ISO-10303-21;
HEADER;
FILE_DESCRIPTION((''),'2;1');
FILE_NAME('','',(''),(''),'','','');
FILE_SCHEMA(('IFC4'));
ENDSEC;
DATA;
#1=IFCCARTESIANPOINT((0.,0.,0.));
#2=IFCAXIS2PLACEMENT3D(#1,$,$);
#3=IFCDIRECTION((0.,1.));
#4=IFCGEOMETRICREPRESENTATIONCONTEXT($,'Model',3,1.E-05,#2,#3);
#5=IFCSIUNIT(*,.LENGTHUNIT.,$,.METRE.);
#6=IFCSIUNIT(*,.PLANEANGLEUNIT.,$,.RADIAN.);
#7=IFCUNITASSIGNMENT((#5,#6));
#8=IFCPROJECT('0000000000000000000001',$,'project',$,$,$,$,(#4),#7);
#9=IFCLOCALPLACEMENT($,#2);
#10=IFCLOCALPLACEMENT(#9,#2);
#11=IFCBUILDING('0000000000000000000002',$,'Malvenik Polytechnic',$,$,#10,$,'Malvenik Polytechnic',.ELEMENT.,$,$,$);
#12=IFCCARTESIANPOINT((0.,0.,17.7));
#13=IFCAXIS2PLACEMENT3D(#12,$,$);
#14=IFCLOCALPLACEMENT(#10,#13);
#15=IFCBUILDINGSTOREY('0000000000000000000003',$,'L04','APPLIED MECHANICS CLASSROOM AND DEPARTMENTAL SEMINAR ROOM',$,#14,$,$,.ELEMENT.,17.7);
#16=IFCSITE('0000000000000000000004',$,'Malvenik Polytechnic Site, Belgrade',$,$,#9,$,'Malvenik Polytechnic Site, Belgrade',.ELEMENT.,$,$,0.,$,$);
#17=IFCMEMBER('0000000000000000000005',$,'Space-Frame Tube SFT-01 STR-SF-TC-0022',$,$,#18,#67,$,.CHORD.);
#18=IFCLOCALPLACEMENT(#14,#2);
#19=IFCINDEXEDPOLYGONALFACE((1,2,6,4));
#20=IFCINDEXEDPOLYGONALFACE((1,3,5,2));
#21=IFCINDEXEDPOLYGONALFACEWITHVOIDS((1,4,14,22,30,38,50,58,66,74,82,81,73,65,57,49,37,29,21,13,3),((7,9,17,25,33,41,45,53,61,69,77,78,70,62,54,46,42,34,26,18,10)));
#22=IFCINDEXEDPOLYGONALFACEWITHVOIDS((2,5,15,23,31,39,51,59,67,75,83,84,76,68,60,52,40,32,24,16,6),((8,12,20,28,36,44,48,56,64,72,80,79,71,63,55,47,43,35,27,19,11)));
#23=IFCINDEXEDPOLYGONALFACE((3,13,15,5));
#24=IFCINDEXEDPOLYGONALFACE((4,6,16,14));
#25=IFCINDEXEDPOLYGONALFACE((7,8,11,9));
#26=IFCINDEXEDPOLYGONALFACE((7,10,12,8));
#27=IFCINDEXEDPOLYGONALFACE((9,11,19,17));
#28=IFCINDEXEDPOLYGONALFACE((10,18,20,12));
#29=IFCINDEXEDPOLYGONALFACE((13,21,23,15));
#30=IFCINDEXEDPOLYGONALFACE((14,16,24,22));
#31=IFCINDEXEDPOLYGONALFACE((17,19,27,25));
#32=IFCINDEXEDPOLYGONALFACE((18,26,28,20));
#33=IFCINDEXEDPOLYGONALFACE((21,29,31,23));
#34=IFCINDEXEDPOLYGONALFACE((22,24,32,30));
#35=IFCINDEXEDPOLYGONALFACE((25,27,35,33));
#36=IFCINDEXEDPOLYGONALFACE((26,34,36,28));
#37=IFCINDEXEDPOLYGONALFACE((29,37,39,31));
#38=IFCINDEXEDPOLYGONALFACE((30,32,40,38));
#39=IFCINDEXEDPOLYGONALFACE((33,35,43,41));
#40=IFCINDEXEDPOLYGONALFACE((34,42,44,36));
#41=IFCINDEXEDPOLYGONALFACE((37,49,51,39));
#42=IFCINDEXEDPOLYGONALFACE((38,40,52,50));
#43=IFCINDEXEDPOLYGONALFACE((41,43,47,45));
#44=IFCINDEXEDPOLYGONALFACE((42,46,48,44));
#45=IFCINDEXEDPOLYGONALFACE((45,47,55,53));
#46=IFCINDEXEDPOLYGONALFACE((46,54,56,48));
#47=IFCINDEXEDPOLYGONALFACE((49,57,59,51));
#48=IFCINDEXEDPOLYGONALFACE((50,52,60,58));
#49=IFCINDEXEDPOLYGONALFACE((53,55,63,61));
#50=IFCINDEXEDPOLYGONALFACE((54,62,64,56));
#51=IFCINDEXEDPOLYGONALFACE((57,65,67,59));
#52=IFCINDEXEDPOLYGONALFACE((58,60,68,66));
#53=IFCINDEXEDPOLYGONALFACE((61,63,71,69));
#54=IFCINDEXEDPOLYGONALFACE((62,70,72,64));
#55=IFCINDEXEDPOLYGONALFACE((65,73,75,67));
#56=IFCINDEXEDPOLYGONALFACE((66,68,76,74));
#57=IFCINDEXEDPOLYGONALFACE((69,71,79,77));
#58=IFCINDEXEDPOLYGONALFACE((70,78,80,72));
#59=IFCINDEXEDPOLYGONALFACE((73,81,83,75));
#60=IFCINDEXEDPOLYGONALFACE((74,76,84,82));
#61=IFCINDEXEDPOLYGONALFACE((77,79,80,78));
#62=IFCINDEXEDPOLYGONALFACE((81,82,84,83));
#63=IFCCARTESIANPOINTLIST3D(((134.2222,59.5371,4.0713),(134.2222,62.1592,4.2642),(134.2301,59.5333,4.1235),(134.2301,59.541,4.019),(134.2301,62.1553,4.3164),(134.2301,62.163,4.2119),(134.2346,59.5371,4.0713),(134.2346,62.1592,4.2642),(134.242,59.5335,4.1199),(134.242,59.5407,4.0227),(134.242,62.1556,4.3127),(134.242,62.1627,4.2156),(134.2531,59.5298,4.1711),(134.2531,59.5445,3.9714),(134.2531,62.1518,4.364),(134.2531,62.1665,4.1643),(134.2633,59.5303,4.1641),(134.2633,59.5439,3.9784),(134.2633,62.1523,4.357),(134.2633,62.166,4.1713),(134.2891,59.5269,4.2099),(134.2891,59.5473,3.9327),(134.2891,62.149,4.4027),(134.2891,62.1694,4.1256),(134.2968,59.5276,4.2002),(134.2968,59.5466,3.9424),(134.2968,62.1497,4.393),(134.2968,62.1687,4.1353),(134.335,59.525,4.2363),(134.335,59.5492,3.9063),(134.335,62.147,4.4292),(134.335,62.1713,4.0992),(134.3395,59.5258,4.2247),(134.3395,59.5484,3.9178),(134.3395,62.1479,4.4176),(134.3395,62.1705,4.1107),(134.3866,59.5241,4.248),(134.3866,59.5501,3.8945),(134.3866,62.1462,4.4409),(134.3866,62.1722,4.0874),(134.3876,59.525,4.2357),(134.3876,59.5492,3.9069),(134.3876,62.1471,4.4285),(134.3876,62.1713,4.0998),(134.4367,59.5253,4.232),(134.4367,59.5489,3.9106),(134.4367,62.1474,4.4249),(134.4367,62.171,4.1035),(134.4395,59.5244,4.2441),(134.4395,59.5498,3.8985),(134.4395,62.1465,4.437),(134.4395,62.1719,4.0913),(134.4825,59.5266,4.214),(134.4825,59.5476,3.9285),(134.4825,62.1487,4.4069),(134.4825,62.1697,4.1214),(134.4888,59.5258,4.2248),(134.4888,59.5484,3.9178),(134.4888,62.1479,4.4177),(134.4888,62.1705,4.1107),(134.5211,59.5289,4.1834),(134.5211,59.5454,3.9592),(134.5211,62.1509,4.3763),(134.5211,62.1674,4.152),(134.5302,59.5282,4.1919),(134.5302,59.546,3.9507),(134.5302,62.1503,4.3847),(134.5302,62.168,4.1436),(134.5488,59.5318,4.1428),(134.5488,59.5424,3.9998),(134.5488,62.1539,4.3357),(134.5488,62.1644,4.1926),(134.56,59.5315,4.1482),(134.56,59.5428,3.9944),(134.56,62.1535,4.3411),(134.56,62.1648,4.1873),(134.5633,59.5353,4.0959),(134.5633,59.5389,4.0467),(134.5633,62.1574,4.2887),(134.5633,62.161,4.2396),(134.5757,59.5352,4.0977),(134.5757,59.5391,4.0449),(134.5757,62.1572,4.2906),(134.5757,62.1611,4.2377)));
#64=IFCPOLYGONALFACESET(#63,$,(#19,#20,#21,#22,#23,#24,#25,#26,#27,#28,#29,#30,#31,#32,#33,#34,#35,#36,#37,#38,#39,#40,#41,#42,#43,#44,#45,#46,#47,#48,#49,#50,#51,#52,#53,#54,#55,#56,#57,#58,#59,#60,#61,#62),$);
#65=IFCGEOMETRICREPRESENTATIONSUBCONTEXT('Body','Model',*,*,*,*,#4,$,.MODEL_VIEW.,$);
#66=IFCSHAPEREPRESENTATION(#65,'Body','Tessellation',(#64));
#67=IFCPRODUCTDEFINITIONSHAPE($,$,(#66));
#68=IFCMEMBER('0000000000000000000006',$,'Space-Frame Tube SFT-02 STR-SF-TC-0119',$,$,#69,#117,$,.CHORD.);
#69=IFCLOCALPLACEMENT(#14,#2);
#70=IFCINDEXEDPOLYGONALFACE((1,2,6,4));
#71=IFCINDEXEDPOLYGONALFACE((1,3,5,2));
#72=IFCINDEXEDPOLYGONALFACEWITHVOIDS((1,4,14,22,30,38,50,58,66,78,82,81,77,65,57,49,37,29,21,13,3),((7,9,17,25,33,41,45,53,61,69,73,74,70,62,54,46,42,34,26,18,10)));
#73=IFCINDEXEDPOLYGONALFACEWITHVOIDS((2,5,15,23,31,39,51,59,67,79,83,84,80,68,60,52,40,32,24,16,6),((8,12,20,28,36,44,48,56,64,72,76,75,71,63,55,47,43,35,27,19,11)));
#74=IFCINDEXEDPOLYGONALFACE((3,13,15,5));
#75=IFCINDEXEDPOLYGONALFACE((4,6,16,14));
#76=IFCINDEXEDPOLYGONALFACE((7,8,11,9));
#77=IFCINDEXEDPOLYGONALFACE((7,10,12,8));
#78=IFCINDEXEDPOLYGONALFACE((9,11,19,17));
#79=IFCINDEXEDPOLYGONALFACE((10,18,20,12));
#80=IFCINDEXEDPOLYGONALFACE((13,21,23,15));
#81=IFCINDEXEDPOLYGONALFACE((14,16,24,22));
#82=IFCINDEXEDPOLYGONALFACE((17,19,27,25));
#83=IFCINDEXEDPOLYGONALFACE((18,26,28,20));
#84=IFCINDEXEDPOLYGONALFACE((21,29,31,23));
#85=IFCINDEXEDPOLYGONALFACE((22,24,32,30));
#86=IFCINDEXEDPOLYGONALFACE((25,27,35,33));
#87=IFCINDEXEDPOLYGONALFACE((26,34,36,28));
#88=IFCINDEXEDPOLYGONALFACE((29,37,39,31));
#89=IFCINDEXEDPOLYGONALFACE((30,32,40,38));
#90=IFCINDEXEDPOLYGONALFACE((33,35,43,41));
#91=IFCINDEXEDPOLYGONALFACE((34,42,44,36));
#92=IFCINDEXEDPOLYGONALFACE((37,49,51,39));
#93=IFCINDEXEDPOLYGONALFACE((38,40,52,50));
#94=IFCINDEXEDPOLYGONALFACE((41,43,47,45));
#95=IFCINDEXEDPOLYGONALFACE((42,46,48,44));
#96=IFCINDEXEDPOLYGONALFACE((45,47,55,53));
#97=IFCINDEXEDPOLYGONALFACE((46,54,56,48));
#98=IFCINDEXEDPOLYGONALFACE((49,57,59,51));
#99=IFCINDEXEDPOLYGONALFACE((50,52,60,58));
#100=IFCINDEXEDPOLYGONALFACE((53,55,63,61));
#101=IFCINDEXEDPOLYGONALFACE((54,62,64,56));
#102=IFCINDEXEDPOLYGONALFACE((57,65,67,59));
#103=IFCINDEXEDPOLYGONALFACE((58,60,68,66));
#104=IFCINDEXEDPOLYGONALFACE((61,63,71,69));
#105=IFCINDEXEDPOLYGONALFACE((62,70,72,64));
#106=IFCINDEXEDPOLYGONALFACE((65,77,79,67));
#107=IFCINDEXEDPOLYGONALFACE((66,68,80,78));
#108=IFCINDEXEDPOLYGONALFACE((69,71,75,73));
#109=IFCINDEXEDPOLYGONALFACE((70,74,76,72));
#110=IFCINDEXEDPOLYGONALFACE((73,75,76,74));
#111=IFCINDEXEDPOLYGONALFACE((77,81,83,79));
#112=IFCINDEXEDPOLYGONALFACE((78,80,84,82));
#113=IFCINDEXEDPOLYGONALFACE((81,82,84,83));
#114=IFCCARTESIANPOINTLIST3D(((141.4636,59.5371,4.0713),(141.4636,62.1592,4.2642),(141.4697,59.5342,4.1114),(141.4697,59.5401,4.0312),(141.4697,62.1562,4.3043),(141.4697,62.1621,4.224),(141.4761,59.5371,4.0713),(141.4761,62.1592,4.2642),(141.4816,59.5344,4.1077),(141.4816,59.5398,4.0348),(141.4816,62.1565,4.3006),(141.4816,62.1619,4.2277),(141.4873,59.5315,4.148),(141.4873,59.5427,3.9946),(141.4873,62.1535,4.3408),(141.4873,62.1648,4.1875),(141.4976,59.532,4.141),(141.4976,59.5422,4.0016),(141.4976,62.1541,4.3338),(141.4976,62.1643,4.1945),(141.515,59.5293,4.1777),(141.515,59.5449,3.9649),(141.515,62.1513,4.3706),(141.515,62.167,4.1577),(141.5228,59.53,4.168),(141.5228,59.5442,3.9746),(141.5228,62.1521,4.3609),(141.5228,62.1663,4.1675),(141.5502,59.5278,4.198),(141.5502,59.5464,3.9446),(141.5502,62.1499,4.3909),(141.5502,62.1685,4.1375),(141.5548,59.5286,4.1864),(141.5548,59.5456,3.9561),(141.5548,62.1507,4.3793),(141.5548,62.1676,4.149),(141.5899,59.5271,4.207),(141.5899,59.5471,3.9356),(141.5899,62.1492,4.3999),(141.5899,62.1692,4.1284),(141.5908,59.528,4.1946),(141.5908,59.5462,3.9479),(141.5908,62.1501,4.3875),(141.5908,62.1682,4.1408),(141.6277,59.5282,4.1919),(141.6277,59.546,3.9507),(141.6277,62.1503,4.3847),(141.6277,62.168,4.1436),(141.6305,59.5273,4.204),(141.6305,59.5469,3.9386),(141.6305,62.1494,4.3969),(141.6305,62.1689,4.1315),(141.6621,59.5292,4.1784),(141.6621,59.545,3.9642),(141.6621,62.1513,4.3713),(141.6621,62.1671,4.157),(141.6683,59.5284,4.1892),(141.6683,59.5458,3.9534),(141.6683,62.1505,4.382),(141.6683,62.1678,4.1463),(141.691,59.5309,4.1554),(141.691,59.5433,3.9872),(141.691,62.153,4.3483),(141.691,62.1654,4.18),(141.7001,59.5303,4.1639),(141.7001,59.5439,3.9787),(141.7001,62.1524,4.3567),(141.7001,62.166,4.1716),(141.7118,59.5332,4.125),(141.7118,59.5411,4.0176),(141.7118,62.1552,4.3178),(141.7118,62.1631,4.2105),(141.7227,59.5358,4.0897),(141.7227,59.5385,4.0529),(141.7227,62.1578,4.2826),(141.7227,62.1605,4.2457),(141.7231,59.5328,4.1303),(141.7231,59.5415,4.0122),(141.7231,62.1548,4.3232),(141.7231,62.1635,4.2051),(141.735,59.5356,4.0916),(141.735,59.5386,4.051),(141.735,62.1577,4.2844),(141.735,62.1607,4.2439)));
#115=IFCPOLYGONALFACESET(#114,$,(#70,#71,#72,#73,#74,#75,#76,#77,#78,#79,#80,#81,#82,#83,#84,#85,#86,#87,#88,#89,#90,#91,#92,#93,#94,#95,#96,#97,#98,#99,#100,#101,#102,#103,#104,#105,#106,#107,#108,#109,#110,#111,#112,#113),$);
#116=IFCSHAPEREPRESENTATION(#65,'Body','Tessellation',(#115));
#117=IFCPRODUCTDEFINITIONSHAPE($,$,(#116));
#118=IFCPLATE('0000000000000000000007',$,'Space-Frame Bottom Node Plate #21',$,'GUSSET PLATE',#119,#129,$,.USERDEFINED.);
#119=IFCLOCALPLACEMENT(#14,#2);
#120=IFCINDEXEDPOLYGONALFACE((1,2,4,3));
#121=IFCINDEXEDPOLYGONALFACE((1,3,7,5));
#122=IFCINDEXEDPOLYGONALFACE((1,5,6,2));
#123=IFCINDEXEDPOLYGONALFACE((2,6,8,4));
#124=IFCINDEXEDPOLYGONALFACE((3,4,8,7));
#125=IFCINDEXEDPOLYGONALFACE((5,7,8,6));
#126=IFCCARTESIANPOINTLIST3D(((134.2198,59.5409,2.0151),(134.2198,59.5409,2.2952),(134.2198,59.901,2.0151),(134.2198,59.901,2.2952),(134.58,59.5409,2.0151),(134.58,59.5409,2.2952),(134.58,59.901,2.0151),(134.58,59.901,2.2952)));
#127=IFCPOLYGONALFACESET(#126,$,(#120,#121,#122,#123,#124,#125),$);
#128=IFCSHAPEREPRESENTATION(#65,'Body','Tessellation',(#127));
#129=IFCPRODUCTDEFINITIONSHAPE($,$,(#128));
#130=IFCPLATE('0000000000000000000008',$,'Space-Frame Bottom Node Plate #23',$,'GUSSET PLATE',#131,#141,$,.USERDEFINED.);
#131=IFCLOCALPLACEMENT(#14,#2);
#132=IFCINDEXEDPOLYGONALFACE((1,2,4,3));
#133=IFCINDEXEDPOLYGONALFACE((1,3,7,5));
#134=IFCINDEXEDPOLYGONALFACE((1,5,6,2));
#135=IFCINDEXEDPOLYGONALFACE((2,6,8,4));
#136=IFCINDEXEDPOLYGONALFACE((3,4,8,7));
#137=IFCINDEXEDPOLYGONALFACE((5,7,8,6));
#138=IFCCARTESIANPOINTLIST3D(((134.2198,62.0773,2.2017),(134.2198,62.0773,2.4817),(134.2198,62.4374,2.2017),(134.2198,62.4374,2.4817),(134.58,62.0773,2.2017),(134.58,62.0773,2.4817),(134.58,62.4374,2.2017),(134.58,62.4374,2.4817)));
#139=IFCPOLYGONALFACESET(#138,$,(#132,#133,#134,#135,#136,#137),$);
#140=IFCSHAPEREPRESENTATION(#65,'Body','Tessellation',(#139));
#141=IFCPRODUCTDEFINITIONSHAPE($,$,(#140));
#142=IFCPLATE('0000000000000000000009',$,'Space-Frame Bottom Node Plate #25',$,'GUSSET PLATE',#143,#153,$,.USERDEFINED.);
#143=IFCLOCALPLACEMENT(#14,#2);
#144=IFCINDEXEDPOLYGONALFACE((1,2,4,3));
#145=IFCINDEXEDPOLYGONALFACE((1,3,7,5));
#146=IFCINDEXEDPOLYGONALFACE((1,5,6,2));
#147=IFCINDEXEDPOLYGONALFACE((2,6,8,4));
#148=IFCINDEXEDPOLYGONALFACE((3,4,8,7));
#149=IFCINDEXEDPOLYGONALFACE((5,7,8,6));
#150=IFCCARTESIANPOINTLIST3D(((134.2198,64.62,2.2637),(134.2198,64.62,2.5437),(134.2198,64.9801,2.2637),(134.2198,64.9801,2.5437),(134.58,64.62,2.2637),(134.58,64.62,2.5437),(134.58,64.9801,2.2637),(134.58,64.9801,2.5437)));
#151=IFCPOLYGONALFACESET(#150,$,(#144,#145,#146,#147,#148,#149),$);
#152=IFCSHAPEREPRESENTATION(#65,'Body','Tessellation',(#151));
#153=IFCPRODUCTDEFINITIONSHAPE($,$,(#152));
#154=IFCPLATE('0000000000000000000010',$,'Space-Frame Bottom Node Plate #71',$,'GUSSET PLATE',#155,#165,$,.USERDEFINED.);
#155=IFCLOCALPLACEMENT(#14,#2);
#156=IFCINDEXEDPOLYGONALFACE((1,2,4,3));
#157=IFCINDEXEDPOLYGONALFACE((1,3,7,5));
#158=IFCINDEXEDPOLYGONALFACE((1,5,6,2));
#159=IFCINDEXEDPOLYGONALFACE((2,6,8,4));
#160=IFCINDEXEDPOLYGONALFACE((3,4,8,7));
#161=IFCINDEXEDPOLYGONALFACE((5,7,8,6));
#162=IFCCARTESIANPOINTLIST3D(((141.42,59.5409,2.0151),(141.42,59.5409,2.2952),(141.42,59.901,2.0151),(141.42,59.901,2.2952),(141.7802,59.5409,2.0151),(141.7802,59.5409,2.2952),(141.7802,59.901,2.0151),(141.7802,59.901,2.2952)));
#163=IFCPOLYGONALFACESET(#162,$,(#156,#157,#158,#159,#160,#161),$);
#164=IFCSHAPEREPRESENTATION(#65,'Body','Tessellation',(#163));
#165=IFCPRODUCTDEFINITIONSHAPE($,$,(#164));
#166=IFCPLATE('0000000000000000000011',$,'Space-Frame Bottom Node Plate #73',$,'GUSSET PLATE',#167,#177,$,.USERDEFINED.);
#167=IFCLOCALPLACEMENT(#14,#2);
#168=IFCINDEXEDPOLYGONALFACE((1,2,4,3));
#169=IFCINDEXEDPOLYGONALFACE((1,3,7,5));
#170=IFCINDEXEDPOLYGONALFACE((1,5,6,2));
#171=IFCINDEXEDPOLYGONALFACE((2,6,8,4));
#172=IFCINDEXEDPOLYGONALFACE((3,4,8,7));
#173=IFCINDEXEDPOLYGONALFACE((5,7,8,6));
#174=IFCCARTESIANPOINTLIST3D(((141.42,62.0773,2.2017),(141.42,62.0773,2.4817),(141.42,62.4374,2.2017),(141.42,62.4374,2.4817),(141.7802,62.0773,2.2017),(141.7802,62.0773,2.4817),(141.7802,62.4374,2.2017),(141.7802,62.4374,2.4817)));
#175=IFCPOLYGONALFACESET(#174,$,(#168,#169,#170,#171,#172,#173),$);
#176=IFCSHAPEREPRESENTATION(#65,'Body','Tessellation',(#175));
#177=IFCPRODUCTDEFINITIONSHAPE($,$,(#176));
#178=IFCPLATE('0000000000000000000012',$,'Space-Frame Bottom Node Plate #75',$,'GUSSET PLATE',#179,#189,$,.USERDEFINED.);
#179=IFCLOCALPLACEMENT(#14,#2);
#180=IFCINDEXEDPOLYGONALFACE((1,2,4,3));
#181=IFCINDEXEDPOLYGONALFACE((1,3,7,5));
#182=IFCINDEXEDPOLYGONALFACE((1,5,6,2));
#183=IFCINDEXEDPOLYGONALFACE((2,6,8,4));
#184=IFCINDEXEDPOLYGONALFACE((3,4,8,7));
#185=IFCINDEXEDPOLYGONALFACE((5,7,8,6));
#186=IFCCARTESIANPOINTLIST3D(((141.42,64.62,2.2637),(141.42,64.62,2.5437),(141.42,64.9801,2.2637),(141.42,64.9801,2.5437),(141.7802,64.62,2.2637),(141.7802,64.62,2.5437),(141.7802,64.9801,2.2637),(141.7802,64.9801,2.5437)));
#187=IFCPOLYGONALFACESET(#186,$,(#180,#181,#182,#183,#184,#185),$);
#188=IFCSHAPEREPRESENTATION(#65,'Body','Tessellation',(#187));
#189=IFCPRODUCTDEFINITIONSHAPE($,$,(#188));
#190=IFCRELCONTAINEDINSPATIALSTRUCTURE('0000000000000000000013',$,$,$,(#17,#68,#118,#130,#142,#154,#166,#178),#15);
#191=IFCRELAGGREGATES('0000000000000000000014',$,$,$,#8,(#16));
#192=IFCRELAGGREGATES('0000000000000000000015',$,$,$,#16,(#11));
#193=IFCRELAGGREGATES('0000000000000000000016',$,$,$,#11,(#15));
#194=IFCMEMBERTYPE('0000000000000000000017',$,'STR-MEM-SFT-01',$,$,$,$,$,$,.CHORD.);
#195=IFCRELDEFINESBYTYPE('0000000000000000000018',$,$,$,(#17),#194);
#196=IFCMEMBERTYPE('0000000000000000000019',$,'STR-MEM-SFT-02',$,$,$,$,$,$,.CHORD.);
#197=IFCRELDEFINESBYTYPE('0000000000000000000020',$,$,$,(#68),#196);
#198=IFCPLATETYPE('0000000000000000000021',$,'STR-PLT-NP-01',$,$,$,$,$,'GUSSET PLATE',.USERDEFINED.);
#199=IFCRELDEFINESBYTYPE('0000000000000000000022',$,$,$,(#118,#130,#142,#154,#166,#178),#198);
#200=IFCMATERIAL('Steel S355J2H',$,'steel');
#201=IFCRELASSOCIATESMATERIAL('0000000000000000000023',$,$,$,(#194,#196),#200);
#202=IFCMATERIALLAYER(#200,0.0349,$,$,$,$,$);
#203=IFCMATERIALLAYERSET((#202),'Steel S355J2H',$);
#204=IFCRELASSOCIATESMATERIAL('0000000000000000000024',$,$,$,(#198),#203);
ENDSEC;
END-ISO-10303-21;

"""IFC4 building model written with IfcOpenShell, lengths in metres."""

from ifc_helpers import new_model, si_unit, direction, frame, origin, origin_2d, place, context, subcontext, project, spatial, rectangle, hollow_circle, extrude, material, layer, layer_set, material_profile, profile_set, type_object, element, save


model = new_model("IFC4")

# Units and contexts
model_context = context("Model", 3, precision=1e-05, world=origin(), true_north=direction((0.0, 1.0)))
body_context = subcontext(model_context, "Body", "Model", "MODEL_VIEW")
ifc_project = project(units=[si_unit("LENGTHUNIT", "METRE"), si_unit("PLANEANGLEUNIT", "RADIAN")], contexts=[model_context])

# Site, building, storey
site_placement = place(None, origin())
site = spatial("IfcSite", under=ifc_project, at=site_placement, Name="Malvenik Polytechnic Site, Belgrade", LongName="Malvenik Polytechnic Site, Belgrade", CompositionType="ELEMENT", RefElevation=0.0)
building_placement = place(site_placement, origin())
building = spatial("IfcBuilding", under=site, at=building_placement, Name="Malvenik Polytechnic", LongName="Malvenik Polytechnic", CompositionType="ELEMENT")
storey_placement = place(building_placement, frame((0.0, 0.0, 17.7)))
storey = spatial("IfcBuildingStorey", under=building, at=storey_placement, Name="L04", Description="APPLIED MECHANICS CLASSROOM AND DEPARTMENTAL SEMINAR ROOM", CompositionType="ELEMENT", Elevation=17.7)

# Members
ifc_material = material(Name="Steel S355J2H", Category="steel")
ifc_material_profile_1 = material_profile(ifc_material, hollow_circle(Radius=0.1777, WallThickness=0.0125, at=origin_2d()), Name="CHS 355.6x12.5")
ifc_profile_set_1 = profile_set([ifc_material_profile_1], Name="Steel S355J2H")
member_type_1 = type_object("IfcMemberType", Name="STR-MEM-SFT-01", PredefinedType="CHORD", material=ifc_profile_set_1)
member_1_placement = place(storey_placement, frame((134.3999, 59.5371, 4.0713), z_axis=(0.0, 0.997306, 0.073359), x_axis=(-1.0, 0.0, 0.0)))
element("IfcMember", 1, at=member_1_placement, inside=storey, type_object=member_type_1, Name="Space-Frame Tube SFT-01 STR-SF-TC-0022", PredefinedType="CHORD", context=body_context, shape_type="SweptSolid", body=[
    extrude(hollow_circle(Radius=0.1777, WallThickness=0.0125, at=origin_2d()), origin(), (0.0, 0.0, 1.0), 2.6292),
])
ifc_material_profile_2 = material_profile(ifc_material, hollow_circle(Radius=0.1365, WallThickness=0.0125, at=origin_2d()), Name="CHS 273.0x12.5")
ifc_profile_set_2 = profile_set([ifc_material_profile_2], Name="Steel S355J2H")
member_type_2 = type_object("IfcMemberType", Name="STR-MEM-SFT-02", PredefinedType="CHORD", material=ifc_profile_set_2)
member_2_placement = place(storey_placement, frame((141.6001, 59.5371, 4.0713), z_axis=(0.0, 0.997306, 0.073359), x_axis=(-1.0, 0.0, 0.0)))
element("IfcMember", 2, at=member_2_placement, inside=storey, type_object=member_type_2, Name="Space-Frame Tube SFT-02 STR-SF-TC-0119", PredefinedType="CHORD", context=body_context, shape_type="SweptSolid", body=[
    extrude(hollow_circle(Radius=0.1365, WallThickness=0.0125, at=origin_2d()), origin(), (0.0, 0.0, 1.0), 2.6292),
])

# Plates
ifc_layer = layer(ifc_material, 0.0349)
ifc_layer_set = layer_set([ifc_layer], Name="Steel S355J2H")
plate_type = type_object("IfcPlateType", Name="STR-PLT-NP-01", ElementType="GUSSET PLATE", PredefinedType="USERDEFINED", material=ifc_layer_set)
for number, where, z_axis, x_axis, name in (
    (3, (134.3999, 59.7209, 2.0151), (0.0, 0.0, 1.0), (1.0, 0.0, 0.0), "Space-Frame Bottom Node Plate #21"),
    (4, (134.3999, 62.2573, 2.2017), (0.0, 0.0, 1.0), (1.0, 0.0, 0.0), "Space-Frame Bottom Node Plate #23"),
    (5, (134.3999, 64.8, 2.2637), (0.0, 0.0, 1.0), (1.0, 0.0, 0.0), "Space-Frame Bottom Node Plate #25"),
    (6, (141.6001, 59.7209, 2.0151), (0.0, 0.0, 1.0), (1.0, 0.0, 0.0), "Space-Frame Bottom Node Plate #71"),
    (7, (141.6001, 62.2573, 2.2017), (0.0, 0.0, 1.0), (1.0, 0.0, 0.0), "Space-Frame Bottom Node Plate #73"),
    (8, (141.6001, 64.8, 2.2637), (0.0, 0.0, 1.0), (1.0, 0.0, 0.0), "Space-Frame Bottom Node Plate #75"),
):
    element("IfcPlate", number, at=place(storey_placement, frame(where, z_axis=z_axis, x_axis=x_axis)), inside=storey, type_object=plate_type, Name=name, ObjectType="GUSSET PLATE", PredefinedType="USERDEFINED", context=body_context, shape_type="SweptSolid", body=[
        extrude(rectangle(XDim=0.3601, YDim=0.3601, at=origin_2d()), origin(), (0.0, 0.0, 1.0), 0.28),
    ])

save(model, "model.ifc")
